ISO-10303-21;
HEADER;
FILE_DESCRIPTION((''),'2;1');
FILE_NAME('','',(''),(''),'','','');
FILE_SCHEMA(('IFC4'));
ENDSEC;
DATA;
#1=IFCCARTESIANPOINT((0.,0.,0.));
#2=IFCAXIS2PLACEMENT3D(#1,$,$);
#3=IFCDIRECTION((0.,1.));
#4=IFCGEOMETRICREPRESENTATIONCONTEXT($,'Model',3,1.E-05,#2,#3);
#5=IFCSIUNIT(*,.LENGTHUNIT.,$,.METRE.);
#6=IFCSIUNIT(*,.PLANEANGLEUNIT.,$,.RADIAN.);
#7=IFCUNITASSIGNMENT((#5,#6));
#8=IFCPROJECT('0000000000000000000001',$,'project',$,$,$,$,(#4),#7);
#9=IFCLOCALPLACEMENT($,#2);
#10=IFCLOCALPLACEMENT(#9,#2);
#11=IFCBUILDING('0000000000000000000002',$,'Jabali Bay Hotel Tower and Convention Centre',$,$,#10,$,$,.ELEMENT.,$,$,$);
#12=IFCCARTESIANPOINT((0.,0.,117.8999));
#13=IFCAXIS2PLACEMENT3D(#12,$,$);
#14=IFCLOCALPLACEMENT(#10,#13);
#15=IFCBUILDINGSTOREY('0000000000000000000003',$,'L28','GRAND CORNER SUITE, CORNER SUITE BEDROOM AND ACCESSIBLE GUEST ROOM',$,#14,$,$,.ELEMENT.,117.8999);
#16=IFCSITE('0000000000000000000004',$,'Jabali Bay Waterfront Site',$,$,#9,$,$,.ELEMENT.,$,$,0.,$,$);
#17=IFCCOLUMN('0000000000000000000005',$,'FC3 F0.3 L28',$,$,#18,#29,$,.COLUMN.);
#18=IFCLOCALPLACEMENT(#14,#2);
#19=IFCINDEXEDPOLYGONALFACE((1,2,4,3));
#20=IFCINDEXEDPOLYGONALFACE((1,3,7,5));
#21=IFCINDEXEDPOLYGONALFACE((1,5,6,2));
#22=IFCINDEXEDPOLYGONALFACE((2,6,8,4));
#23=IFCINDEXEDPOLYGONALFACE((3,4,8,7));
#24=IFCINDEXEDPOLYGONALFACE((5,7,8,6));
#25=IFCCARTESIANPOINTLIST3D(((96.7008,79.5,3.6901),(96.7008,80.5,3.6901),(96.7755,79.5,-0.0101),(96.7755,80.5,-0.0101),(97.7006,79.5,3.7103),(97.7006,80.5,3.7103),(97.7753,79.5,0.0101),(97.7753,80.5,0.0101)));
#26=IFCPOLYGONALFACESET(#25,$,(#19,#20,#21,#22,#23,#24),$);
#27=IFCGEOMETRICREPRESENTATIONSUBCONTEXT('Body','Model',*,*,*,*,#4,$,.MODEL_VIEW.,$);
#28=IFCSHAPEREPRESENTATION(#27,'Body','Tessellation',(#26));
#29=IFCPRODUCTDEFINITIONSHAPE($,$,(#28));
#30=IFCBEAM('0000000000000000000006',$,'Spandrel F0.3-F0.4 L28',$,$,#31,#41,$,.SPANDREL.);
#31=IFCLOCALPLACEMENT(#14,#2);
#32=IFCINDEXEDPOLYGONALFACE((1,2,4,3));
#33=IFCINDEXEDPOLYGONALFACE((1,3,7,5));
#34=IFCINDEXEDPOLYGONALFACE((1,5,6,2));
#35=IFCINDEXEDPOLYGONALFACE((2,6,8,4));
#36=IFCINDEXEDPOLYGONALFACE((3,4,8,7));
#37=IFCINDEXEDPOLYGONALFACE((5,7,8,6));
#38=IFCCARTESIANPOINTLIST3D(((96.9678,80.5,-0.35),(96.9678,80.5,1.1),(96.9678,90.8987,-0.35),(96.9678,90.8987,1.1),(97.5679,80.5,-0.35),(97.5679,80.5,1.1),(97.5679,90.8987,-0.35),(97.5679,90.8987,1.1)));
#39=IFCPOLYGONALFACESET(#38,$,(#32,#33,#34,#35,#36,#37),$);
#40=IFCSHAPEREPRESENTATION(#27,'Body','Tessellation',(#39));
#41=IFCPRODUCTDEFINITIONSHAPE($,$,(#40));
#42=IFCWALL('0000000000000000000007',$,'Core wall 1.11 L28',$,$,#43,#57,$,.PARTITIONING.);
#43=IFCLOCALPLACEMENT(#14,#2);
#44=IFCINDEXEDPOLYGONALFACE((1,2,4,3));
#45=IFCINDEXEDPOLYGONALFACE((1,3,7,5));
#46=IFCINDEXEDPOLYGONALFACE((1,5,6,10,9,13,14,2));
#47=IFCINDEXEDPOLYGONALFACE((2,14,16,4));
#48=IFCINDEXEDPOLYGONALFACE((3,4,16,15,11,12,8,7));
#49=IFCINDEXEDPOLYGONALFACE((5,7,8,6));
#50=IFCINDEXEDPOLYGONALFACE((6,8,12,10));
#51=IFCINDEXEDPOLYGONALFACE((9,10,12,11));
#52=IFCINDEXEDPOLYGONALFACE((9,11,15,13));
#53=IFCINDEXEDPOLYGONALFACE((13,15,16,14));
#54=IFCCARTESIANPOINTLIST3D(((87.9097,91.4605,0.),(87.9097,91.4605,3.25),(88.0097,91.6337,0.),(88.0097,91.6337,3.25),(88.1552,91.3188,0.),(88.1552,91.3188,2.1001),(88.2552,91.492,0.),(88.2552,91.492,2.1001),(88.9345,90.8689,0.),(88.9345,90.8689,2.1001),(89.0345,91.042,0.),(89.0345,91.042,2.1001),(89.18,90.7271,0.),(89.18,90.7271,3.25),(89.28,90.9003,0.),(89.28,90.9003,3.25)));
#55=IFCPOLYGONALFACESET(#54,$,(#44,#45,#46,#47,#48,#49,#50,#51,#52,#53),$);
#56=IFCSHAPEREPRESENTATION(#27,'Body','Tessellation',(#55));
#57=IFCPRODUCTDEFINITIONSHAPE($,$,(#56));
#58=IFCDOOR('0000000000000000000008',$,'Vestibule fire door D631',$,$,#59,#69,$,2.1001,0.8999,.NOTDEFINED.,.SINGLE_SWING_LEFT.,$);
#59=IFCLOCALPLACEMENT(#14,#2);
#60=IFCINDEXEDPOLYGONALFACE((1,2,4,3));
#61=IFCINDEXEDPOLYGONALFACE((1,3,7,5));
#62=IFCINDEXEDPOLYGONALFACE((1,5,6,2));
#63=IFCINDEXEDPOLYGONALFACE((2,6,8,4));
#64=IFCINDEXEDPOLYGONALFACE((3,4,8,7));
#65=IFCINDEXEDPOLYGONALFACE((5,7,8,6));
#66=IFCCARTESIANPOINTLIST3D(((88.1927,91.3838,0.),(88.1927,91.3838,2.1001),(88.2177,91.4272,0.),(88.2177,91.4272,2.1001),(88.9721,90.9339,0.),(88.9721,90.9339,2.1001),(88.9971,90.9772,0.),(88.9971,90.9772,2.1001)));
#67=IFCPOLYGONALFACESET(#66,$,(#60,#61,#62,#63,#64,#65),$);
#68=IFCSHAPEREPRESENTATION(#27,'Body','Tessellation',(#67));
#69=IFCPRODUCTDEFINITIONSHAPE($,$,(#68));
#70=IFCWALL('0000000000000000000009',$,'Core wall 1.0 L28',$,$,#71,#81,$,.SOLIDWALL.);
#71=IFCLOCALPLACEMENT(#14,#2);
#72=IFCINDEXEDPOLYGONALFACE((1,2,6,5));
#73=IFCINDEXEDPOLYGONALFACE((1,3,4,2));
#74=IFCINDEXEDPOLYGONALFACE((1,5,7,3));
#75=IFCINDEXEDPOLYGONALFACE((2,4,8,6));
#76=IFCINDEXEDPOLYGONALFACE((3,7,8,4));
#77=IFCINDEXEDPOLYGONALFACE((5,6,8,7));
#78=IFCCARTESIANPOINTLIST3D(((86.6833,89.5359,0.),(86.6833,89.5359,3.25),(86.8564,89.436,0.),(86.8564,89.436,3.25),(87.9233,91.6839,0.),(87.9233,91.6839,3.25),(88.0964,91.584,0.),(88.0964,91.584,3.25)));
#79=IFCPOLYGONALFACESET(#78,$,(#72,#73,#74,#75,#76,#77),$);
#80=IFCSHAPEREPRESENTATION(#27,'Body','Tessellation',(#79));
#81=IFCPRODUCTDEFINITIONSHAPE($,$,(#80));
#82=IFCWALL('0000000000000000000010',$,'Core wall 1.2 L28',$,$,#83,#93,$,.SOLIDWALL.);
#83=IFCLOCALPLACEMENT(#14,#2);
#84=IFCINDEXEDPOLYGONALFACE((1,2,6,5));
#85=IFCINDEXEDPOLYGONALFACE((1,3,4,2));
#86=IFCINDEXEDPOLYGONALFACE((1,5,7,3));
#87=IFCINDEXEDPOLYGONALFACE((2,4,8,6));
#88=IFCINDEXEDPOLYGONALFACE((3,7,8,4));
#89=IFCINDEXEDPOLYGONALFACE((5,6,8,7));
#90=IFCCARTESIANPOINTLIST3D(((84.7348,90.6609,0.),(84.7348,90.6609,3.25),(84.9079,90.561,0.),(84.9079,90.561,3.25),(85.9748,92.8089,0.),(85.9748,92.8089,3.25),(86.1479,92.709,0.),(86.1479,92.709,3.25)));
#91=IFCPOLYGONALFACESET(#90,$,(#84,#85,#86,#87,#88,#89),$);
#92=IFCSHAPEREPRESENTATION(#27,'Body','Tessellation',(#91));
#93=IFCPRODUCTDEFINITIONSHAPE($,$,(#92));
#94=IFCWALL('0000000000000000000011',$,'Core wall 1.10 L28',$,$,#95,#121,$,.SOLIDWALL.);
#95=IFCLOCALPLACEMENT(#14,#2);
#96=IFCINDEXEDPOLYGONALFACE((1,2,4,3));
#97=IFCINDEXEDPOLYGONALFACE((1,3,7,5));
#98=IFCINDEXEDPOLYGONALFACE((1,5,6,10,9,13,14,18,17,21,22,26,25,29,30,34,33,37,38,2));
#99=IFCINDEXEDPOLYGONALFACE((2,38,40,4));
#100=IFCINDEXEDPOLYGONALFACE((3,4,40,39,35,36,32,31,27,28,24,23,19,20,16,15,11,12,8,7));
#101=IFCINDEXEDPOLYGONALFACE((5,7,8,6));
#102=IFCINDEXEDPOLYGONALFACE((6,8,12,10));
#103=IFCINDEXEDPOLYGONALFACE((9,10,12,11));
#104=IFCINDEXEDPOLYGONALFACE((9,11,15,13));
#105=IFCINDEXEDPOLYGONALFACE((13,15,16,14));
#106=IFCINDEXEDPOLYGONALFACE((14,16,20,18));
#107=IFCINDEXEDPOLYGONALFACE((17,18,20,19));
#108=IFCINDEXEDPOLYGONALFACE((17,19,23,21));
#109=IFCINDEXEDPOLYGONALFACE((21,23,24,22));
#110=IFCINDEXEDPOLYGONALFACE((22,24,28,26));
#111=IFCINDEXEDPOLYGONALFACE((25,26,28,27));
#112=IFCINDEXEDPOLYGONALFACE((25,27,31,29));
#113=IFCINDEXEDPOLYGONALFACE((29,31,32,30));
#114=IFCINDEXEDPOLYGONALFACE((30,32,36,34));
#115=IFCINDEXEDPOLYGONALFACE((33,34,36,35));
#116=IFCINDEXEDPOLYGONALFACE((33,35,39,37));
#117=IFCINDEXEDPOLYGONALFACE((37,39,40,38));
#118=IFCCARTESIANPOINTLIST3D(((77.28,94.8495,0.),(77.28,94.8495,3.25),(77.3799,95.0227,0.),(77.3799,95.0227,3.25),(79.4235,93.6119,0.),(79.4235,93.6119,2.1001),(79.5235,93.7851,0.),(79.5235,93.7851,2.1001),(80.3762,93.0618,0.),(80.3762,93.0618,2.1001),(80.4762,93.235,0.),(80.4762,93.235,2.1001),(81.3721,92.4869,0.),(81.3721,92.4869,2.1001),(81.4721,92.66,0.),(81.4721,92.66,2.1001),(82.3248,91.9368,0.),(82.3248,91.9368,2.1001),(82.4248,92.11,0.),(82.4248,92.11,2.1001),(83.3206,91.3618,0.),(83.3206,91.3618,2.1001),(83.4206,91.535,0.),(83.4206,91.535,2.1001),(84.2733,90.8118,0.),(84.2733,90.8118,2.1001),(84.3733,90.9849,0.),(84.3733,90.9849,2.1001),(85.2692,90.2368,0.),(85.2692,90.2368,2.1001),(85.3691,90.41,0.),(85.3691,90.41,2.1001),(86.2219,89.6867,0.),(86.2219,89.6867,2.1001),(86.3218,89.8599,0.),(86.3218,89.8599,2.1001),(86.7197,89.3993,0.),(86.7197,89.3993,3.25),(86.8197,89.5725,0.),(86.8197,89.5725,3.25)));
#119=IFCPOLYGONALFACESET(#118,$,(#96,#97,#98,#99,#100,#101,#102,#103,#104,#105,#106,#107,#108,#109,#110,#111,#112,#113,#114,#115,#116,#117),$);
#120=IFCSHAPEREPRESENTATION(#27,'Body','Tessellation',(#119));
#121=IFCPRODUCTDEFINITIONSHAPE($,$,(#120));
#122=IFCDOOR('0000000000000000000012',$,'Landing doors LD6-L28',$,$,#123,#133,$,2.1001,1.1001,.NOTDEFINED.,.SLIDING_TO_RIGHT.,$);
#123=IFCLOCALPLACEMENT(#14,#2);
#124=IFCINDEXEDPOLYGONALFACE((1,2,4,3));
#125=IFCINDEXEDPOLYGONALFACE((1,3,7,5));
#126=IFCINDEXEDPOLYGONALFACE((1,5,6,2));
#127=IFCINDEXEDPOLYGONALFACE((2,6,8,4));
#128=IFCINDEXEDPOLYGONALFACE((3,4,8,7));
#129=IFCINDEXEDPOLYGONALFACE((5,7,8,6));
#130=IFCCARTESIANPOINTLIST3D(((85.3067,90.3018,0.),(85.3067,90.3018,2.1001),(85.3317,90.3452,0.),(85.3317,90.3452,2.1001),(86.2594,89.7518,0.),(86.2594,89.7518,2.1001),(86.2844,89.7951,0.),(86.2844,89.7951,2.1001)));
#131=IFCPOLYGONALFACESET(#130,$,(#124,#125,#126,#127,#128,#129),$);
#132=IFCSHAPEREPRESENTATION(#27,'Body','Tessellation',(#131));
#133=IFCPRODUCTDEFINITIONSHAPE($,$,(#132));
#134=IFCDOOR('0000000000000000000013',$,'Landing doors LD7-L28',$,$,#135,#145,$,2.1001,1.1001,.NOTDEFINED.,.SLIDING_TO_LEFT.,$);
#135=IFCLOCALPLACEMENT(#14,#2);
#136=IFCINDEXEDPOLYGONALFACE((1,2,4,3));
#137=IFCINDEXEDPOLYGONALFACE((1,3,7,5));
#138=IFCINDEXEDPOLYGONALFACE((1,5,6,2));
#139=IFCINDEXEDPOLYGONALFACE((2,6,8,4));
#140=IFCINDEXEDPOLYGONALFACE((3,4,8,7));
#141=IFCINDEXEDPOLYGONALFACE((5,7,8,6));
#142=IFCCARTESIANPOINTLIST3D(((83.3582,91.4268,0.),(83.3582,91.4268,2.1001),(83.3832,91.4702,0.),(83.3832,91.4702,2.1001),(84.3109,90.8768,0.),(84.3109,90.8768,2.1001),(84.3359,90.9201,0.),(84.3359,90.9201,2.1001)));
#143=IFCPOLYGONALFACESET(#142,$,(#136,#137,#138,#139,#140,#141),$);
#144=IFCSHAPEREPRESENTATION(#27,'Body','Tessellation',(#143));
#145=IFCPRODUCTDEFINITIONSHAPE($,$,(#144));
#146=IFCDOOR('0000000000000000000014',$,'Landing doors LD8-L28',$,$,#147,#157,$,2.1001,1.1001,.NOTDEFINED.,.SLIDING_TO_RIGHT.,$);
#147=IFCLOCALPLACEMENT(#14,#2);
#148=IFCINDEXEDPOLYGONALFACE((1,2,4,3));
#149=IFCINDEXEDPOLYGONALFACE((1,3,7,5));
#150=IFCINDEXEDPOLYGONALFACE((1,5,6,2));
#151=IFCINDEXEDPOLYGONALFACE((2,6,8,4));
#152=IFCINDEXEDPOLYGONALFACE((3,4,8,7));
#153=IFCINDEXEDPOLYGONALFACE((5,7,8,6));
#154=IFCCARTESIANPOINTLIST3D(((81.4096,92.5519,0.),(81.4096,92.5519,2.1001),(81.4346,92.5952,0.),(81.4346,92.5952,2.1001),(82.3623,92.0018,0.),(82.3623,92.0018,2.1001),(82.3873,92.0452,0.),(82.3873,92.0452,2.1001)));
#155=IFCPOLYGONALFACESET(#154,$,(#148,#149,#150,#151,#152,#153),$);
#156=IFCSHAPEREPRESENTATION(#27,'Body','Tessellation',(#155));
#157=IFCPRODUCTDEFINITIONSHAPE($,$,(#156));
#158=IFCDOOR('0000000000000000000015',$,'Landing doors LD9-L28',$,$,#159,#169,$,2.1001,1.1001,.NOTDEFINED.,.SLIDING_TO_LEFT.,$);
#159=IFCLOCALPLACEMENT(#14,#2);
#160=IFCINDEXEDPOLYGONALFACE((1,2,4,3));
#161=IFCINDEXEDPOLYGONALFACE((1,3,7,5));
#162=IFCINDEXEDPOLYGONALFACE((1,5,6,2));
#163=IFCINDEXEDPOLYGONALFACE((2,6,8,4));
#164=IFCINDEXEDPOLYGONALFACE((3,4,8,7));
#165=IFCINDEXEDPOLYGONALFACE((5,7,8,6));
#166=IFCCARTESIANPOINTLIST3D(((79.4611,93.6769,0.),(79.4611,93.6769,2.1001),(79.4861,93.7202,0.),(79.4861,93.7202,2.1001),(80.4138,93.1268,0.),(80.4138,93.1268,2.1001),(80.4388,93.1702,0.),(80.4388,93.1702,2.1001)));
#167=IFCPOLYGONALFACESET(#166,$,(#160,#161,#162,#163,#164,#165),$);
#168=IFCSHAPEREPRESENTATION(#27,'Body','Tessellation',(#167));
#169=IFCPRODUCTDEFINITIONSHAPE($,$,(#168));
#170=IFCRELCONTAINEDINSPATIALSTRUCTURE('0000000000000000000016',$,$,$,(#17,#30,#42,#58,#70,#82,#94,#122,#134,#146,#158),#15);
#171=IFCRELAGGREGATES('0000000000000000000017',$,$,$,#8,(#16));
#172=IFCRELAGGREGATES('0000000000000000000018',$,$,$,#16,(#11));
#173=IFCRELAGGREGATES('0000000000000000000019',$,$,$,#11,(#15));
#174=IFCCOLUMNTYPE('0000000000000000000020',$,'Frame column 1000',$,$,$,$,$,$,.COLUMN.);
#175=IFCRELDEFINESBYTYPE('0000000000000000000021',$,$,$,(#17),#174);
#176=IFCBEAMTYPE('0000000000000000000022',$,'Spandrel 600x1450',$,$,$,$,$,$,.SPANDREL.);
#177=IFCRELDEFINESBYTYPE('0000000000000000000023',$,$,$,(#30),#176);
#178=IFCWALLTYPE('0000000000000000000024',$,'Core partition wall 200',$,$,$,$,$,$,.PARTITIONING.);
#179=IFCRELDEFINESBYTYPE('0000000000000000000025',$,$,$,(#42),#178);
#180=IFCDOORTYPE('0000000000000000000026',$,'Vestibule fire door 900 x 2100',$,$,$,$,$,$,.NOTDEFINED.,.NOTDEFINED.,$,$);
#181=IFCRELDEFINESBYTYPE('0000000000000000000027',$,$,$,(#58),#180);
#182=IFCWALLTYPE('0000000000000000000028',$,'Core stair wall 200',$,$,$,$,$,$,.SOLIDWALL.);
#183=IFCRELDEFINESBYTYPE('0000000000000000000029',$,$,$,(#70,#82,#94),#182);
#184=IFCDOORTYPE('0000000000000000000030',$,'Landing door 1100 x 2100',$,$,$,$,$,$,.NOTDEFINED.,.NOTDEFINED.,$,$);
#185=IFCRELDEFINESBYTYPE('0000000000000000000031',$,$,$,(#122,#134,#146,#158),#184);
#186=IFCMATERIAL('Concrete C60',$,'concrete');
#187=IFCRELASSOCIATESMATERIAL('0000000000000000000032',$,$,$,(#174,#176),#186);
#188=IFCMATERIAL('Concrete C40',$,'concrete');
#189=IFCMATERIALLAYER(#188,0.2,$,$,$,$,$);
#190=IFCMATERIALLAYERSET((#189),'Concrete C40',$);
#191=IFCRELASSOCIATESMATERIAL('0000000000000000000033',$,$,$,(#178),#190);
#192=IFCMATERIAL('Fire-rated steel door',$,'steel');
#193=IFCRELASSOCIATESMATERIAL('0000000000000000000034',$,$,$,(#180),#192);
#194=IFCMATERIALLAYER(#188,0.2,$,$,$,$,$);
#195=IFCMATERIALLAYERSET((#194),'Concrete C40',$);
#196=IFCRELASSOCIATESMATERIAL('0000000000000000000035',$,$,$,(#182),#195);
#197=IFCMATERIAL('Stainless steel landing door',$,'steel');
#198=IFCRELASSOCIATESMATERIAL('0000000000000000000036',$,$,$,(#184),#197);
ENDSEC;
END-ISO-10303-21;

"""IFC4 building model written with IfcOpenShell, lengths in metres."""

from ifc_helpers import new_model, si_unit, direction, frame, frame_2d, origin, origin_2d, place, context, subcontext, project, spatial, rectangle, extrude, material, layer, layer_set, material_profile, profile_set, type_object, element, fill, save


model = new_model("IFC4")

# Units and contexts
model_context = context("Model", 3, precision=1e-05, world=origin(), true_north=direction((0.0, 1.0)))
body_context = subcontext(model_context, "Body", "Model", "MODEL_VIEW")
ifc_project = project(units=[si_unit("LENGTHUNIT", "METRE"), si_unit("PLANEANGLEUNIT", "RADIAN")], contexts=[model_context])

# Site, building, storey
site_placement = place(None, origin())
site = spatial("IfcSite", under=ifc_project, at=site_placement, Name="Jabali Bay Waterfront Site", CompositionType="ELEMENT", RefElevation=0.0)
building_placement = place(site_placement, origin())
building = spatial("IfcBuilding", under=site, at=building_placement, Name="Jabali Bay Hotel Tower and Convention Centre", CompositionType="ELEMENT")
storey_placement = place(building_placement, frame((0.0, 0.0, 117.8999)))
storey = spatial("IfcBuildingStorey", under=building, at=storey_placement, Name="L28", Description="GRAND CORNER SUITE, CORNER SUITE BEDROOM AND ACCESSIBLE GUEST ROOM", CompositionType="ELEMENT", Elevation=117.8999)

# Column
ifc_material_1 = material(Name="Concrete C60", Category="concrete")
ifc_material_profile_1 = material_profile(ifc_material_1, rectangle(XDim=1.0, YDim=1.0, at=origin_2d()), Name="Frame column 1000")
ifc_profile_set_1 = profile_set([ifc_material_profile_1], Name="Concrete C60")
column_type = type_object("IfcColumnType", Name="Frame column 1000", PredefinedType="COLUMN", material=ifc_profile_set_1)
column_placement = place(storey_placement, frame((97.2754, 80.0, 0.0), z_axis=(-0.020186, 0.0, 0.999796), x_axis=(0.0, -1.0, 0.0)))
element("IfcColumn", 1, at=column_placement, inside=storey, type_object=column_type, Name="FC3 F0.3 L28", PredefinedType="COLUMN", context=body_context, shape_type="SweptSolid", body=[
    extrude(rectangle(XDim=1.0, YDim=1.0, at=origin_2d()), origin(), (0.0, 0.0, 1.0), 3.7009),
])

# Beam
ifc_material_profile_2 = material_profile(ifc_material_1, rectangle(XDim=0.6001, YDim=1.45, at=origin_2d()), Name="Spandrel 600x1450")
ifc_profile_set_2 = profile_set([ifc_material_profile_2], Name="Concrete C60")
beam_type = type_object("IfcBeamType", Name="Spandrel 600x1450", PredefinedType="SPANDREL", material=ifc_profile_set_2)
beam_placement = place(storey_placement, frame((97.2678, 80.5, 0.375), z_axis=(0.0, 1.0, 0.0), x_axis=(-1.0, 0.0, 0.0)))
element("IfcBeam", 2, at=beam_placement, inside=storey, type_object=beam_type, Name="Spandrel F0.3-F0.4 L28", PredefinedType="SPANDREL", context=body_context, shape_type="SweptSolid", body=[
    extrude(rectangle(XDim=0.6001, YDim=1.45, at=origin_2d()), origin(), (0.0, 0.0, 1.0), 10.3987),
])

# Wall, opening, door
ifc_material_2 = material(Name="Concrete C40", Category="concrete")
ifc_layer_1 = layer(ifc_material_2, 0.2)
ifc_layer_set_1 = layer_set([ifc_layer_1], Name="Concrete C40")
wall_type_1 = type_object("IfcWallType", Name="Core partition wall 200", PredefinedType="PARTITIONING", material=ifc_layer_set_1)
wall_1_placement = place(storey_placement, frame((89.23, 90.8137, 0.0), z_axis=(0.0, 0.0, 1.0), x_axis=(-0.866022, 0.500006, 0.0)))
wall_1 = element("IfcWall", 3, at=wall_1_placement, inside=storey, type_object=wall_type_1, Name="Core wall 1.11 L28", PredefinedType="PARTITIONING", context=body_context, shape_type="SweptSolid", body=[
    extrude(rectangle(XDim=1.4668, YDim=0.2, at=frame_2d((0.7334, 0.0))), origin(), (0.0, 0.0, 1.0), 3.25),
])
opening_1_placement = place(wall_1_placement, frame((0.2834, 0.0, 0.0)))
opening_1 = element("IfcOpeningElement", 4, at=opening_1_placement, cuts=wall_1, PredefinedType="OPENING", context=body_context, shape_type="SweptSolid", body=[
    extrude(rectangle(XDim=0.8999, YDim=2.1001, at=frame_2d((0.45, 1.05))), frame((0.0, 0.1104, 0.0), z_axis=(0.0, -1.0, 0.0), x_axis=(1.0, 0.0, 0.0)), (0.0, 0.0, 1.0), 0.2209),
])
ifc_material_3 = material(Name="Fire-rated steel door", Category="steel")
door_type_1 = type_object("IfcDoorType", Name="Vestibule fire door 900 x 2100", OperationType="NOTDEFINED", PredefinedType="NOTDEFINED", material=ifc_material_3)
door_1_placement = place(opening_1_placement, origin())
door_1 = element("IfcDoor", 5, at=door_1_placement, inside=storey, type_object=door_type_1, Name="Vestibule fire door D631", OperationType="SINGLE_SWING_LEFT", OverallHeight=2.1001, OverallWidth=0.8999, PredefinedType="NOTDEFINED", context=body_context, shape_type="SweptSolid", body=[
    extrude(rectangle(XDim=0.8999, YDim=2.1001, at=frame_2d((0.45, 1.05))), frame((0.0, 0.0249, 0.0), z_axis=(0.0, -1.0, 0.0), x_axis=(1.0, 0.0, 0.0)), (0.0, 0.0, 1.0), 0.05),
])
fill(opening_1, door_1)

# Walls
ifc_layer_2 = layer(ifc_material_2, 0.2)
ifc_layer_set_2 = layer_set([ifc_layer_2], Name="Concrete C40")
wall_type_2 = type_object("IfcWallType", Name="Core stair wall 200", PredefinedType="SOLIDWALL", material=ifc_layer_set_2)
for number, where, z_axis, x_axis, name in (
    (6, (86.7698, 89.4858, 0.0), (0.0, 0.0, 1.0), (0.499961, 0.866048, 0.0), "Core wall 1.0 L28"),
    (7, (84.8213, 90.6108, 0.0), (0.0, 0.0, 1.0), (0.499961, 0.866048, 0.0), "Core wall 1.2 L28"),
):
    element("IfcWall", number, at=place(storey_placement, frame(where, z_axis=z_axis, x_axis=x_axis)), inside=storey, type_object=wall_type_2, Name=name, PredefinedType="SOLIDWALL", context=body_context, shape_type="SweptSolid", body=[
        extrude(rectangle(XDim=2.4802, YDim=0.2, at=frame_2d((1.2402, 0.0))), origin(), (0.0, 0.0, 1.0), 3.25),
    ])

# Wall, openings, doors
wall_2_placement = place(storey_placement, frame((86.7698, 89.4858, 0.0), z_axis=(0.0, 0.0, 1.0), x_axis=(-0.866018, 0.500013, 0.0)))
wall_2 = element("IfcWall", 8, at=wall_2_placement, inside=storey, type_object=wall_type_2, Name="Core wall 1.10 L28", PredefinedType="SOLIDWALL", context=body_context, shape_type="SweptSolid", body=[
    extrude(rectangle(XDim=10.9001, YDim=0.2, at=frame_2d((5.4502, 0.0))), origin(), (0.0, 0.0, 1.0), 3.25),
])
opening_2_placement = place(wall_2_placement, frame((0.575, 0.0, 0.0)))
opening_2 = element("IfcOpeningElement", 9, at=opening_2_placement, cuts=wall_2, PredefinedType="OPENING", context=body_context, shape_type="SweptSolid", body=[
    extrude(rectangle(XDim=1.1001, YDim=2.1001, at=frame_2d((0.55, 1.05))), frame((0.0, 0.1104, 0.0), z_axis=(0.0, -1.0, 0.0), x_axis=(1.0, 0.0, 0.0)), (0.0, 0.0, 1.0), 0.2209),
])
opening_3_placement = place(wall_2_placement, frame((2.825, 0.0, 0.0)))
opening_3 = element("IfcOpeningElement", 10, at=opening_3_placement, cuts=wall_2, PredefinedType="OPENING", context=body_context, shape_type="SweptSolid", body=[
    extrude(rectangle(XDim=1.1001, YDim=2.1001, at=frame_2d((0.55, 1.05))), frame((0.0, 0.1104, 0.0), z_axis=(0.0, -1.0, 0.0), x_axis=(1.0, 0.0, 0.0)), (0.0, 0.0, 1.0), 0.2209),
])
opening_4_placement = place(wall_2_placement, frame((5.075, 0.0, 0.0)))
opening_4 = element("IfcOpeningElement", 11, at=opening_4_placement, cuts=wall_2, PredefinedType="OPENING", context=body_context, shape_type="SweptSolid", body=[
    extrude(rectangle(XDim=1.1001, YDim=2.1001, at=frame_2d((0.55, 1.05))), frame((0.0, 0.1104, 0.0), z_axis=(0.0, -1.0, 0.0), x_axis=(1.0, 0.0, 0.0)), (0.0, 0.0, 1.0), 0.2209),
])
opening_5_placement = place(wall_2_placement, frame((7.325, 0.0, 0.0)))
opening_5 = element("IfcOpeningElement", 12, at=opening_5_placement, cuts=wall_2, PredefinedType="OPENING", context=body_context, shape_type="SweptSolid", body=[
    extrude(rectangle(XDim=1.1001, YDim=2.1001, at=frame_2d((0.55, 1.05))), frame((0.0, 0.1104, 0.0), z_axis=(0.0, -1.0, 0.0), x_axis=(1.0, 0.0, 0.0)), (0.0, 0.0, 1.0), 0.2209),
])
ifc_material_4 = material(Name="Stainless steel landing door", Category="steel")
door_type_2 = type_object("IfcDoorType", Name="Landing door 1100 x 2100", OperationType="NOTDEFINED", PredefinedType="NOTDEFINED", material=ifc_material_4)
door_2_placement = place(opening_2_placement, origin())
door_2 = element("IfcDoor", 13, at=door_2_placement, inside=storey, type_object=door_type_2, Name="Landing doors LD6-L28", OperationType="SLIDING_TO_RIGHT", OverallHeight=2.1001, OverallWidth=1.1001, PredefinedType="NOTDEFINED", context=body_context, shape_type="SweptSolid", body=[
    extrude(rectangle(XDim=1.1001, YDim=2.1001, at=frame_2d((0.55, 1.05))), frame((0.0, 0.0249, 0.0), z_axis=(0.0, -1.0, 0.0), x_axis=(1.0, 0.0, 0.0)), (0.0, 0.0, 1.0), 0.05),
])
fill(opening_2, door_2)
door_3_placement = place(opening_3_placement, origin())
door_3 = element("IfcDoor", 14, at=door_3_placement, inside=storey, type_object=door_type_2, Name="Landing doors LD7-L28", OperationType="SLIDING_TO_LEFT", OverallHeight=2.1001, OverallWidth=1.1001, PredefinedType="NOTDEFINED", context=body_context, shape_type="SweptSolid", body=[
    extrude(rectangle(XDim=1.1001, YDim=2.1001, at=frame_2d((0.55, 1.05))), frame((0.0, 0.0249, 0.0), z_axis=(0.0, -1.0, 0.0), x_axis=(1.0, 0.0, 0.0)), (0.0, 0.0, 1.0), 0.05),
])
fill(opening_3, door_3)
door_4_placement = place(opening_4_placement, origin())
door_4 = element("IfcDoor", 15, at=door_4_placement, inside=storey, type_object=door_type_2, Name="Landing doors LD8-L28", OperationType="SLIDING_TO_RIGHT", OverallHeight=2.1001, OverallWidth=1.1001, PredefinedType="NOTDEFINED", context=body_context, shape_type="SweptSolid", body=[
    extrude(rectangle(XDim=1.1001, YDim=2.1001, at=frame_2d((0.55, 1.05))), frame((0.0, 0.0249, 0.0), z_axis=(0.0, -1.0, 0.0), x_axis=(1.0, 0.0, 0.0)), (0.0, 0.0, 1.0), 0.05),
])
fill(opening_4, door_4)
door_5_placement = place(opening_5_placement, origin())
door_5 = element("IfcDoor", 16, at=door_5_placement, inside=storey, type_object=door_type_2, Name="Landing doors LD9-L28", OperationType="SLIDING_TO_LEFT", OverallHeight=2.1001, OverallWidth=1.1001, PredefinedType="NOTDEFINED", context=body_context, shape_type="SweptSolid", body=[
    extrude(rectangle(XDim=1.1001, YDim=2.1001, at=frame_2d((0.55, 1.05))), frame((0.0, 0.0249, 0.0), z_axis=(0.0, -1.0, 0.0), x_axis=(1.0, 0.0, 0.0)), (0.0, 0.0, 1.0), 0.05),
])
fill(opening_5, door_5)

save(model, "model.ifc")
